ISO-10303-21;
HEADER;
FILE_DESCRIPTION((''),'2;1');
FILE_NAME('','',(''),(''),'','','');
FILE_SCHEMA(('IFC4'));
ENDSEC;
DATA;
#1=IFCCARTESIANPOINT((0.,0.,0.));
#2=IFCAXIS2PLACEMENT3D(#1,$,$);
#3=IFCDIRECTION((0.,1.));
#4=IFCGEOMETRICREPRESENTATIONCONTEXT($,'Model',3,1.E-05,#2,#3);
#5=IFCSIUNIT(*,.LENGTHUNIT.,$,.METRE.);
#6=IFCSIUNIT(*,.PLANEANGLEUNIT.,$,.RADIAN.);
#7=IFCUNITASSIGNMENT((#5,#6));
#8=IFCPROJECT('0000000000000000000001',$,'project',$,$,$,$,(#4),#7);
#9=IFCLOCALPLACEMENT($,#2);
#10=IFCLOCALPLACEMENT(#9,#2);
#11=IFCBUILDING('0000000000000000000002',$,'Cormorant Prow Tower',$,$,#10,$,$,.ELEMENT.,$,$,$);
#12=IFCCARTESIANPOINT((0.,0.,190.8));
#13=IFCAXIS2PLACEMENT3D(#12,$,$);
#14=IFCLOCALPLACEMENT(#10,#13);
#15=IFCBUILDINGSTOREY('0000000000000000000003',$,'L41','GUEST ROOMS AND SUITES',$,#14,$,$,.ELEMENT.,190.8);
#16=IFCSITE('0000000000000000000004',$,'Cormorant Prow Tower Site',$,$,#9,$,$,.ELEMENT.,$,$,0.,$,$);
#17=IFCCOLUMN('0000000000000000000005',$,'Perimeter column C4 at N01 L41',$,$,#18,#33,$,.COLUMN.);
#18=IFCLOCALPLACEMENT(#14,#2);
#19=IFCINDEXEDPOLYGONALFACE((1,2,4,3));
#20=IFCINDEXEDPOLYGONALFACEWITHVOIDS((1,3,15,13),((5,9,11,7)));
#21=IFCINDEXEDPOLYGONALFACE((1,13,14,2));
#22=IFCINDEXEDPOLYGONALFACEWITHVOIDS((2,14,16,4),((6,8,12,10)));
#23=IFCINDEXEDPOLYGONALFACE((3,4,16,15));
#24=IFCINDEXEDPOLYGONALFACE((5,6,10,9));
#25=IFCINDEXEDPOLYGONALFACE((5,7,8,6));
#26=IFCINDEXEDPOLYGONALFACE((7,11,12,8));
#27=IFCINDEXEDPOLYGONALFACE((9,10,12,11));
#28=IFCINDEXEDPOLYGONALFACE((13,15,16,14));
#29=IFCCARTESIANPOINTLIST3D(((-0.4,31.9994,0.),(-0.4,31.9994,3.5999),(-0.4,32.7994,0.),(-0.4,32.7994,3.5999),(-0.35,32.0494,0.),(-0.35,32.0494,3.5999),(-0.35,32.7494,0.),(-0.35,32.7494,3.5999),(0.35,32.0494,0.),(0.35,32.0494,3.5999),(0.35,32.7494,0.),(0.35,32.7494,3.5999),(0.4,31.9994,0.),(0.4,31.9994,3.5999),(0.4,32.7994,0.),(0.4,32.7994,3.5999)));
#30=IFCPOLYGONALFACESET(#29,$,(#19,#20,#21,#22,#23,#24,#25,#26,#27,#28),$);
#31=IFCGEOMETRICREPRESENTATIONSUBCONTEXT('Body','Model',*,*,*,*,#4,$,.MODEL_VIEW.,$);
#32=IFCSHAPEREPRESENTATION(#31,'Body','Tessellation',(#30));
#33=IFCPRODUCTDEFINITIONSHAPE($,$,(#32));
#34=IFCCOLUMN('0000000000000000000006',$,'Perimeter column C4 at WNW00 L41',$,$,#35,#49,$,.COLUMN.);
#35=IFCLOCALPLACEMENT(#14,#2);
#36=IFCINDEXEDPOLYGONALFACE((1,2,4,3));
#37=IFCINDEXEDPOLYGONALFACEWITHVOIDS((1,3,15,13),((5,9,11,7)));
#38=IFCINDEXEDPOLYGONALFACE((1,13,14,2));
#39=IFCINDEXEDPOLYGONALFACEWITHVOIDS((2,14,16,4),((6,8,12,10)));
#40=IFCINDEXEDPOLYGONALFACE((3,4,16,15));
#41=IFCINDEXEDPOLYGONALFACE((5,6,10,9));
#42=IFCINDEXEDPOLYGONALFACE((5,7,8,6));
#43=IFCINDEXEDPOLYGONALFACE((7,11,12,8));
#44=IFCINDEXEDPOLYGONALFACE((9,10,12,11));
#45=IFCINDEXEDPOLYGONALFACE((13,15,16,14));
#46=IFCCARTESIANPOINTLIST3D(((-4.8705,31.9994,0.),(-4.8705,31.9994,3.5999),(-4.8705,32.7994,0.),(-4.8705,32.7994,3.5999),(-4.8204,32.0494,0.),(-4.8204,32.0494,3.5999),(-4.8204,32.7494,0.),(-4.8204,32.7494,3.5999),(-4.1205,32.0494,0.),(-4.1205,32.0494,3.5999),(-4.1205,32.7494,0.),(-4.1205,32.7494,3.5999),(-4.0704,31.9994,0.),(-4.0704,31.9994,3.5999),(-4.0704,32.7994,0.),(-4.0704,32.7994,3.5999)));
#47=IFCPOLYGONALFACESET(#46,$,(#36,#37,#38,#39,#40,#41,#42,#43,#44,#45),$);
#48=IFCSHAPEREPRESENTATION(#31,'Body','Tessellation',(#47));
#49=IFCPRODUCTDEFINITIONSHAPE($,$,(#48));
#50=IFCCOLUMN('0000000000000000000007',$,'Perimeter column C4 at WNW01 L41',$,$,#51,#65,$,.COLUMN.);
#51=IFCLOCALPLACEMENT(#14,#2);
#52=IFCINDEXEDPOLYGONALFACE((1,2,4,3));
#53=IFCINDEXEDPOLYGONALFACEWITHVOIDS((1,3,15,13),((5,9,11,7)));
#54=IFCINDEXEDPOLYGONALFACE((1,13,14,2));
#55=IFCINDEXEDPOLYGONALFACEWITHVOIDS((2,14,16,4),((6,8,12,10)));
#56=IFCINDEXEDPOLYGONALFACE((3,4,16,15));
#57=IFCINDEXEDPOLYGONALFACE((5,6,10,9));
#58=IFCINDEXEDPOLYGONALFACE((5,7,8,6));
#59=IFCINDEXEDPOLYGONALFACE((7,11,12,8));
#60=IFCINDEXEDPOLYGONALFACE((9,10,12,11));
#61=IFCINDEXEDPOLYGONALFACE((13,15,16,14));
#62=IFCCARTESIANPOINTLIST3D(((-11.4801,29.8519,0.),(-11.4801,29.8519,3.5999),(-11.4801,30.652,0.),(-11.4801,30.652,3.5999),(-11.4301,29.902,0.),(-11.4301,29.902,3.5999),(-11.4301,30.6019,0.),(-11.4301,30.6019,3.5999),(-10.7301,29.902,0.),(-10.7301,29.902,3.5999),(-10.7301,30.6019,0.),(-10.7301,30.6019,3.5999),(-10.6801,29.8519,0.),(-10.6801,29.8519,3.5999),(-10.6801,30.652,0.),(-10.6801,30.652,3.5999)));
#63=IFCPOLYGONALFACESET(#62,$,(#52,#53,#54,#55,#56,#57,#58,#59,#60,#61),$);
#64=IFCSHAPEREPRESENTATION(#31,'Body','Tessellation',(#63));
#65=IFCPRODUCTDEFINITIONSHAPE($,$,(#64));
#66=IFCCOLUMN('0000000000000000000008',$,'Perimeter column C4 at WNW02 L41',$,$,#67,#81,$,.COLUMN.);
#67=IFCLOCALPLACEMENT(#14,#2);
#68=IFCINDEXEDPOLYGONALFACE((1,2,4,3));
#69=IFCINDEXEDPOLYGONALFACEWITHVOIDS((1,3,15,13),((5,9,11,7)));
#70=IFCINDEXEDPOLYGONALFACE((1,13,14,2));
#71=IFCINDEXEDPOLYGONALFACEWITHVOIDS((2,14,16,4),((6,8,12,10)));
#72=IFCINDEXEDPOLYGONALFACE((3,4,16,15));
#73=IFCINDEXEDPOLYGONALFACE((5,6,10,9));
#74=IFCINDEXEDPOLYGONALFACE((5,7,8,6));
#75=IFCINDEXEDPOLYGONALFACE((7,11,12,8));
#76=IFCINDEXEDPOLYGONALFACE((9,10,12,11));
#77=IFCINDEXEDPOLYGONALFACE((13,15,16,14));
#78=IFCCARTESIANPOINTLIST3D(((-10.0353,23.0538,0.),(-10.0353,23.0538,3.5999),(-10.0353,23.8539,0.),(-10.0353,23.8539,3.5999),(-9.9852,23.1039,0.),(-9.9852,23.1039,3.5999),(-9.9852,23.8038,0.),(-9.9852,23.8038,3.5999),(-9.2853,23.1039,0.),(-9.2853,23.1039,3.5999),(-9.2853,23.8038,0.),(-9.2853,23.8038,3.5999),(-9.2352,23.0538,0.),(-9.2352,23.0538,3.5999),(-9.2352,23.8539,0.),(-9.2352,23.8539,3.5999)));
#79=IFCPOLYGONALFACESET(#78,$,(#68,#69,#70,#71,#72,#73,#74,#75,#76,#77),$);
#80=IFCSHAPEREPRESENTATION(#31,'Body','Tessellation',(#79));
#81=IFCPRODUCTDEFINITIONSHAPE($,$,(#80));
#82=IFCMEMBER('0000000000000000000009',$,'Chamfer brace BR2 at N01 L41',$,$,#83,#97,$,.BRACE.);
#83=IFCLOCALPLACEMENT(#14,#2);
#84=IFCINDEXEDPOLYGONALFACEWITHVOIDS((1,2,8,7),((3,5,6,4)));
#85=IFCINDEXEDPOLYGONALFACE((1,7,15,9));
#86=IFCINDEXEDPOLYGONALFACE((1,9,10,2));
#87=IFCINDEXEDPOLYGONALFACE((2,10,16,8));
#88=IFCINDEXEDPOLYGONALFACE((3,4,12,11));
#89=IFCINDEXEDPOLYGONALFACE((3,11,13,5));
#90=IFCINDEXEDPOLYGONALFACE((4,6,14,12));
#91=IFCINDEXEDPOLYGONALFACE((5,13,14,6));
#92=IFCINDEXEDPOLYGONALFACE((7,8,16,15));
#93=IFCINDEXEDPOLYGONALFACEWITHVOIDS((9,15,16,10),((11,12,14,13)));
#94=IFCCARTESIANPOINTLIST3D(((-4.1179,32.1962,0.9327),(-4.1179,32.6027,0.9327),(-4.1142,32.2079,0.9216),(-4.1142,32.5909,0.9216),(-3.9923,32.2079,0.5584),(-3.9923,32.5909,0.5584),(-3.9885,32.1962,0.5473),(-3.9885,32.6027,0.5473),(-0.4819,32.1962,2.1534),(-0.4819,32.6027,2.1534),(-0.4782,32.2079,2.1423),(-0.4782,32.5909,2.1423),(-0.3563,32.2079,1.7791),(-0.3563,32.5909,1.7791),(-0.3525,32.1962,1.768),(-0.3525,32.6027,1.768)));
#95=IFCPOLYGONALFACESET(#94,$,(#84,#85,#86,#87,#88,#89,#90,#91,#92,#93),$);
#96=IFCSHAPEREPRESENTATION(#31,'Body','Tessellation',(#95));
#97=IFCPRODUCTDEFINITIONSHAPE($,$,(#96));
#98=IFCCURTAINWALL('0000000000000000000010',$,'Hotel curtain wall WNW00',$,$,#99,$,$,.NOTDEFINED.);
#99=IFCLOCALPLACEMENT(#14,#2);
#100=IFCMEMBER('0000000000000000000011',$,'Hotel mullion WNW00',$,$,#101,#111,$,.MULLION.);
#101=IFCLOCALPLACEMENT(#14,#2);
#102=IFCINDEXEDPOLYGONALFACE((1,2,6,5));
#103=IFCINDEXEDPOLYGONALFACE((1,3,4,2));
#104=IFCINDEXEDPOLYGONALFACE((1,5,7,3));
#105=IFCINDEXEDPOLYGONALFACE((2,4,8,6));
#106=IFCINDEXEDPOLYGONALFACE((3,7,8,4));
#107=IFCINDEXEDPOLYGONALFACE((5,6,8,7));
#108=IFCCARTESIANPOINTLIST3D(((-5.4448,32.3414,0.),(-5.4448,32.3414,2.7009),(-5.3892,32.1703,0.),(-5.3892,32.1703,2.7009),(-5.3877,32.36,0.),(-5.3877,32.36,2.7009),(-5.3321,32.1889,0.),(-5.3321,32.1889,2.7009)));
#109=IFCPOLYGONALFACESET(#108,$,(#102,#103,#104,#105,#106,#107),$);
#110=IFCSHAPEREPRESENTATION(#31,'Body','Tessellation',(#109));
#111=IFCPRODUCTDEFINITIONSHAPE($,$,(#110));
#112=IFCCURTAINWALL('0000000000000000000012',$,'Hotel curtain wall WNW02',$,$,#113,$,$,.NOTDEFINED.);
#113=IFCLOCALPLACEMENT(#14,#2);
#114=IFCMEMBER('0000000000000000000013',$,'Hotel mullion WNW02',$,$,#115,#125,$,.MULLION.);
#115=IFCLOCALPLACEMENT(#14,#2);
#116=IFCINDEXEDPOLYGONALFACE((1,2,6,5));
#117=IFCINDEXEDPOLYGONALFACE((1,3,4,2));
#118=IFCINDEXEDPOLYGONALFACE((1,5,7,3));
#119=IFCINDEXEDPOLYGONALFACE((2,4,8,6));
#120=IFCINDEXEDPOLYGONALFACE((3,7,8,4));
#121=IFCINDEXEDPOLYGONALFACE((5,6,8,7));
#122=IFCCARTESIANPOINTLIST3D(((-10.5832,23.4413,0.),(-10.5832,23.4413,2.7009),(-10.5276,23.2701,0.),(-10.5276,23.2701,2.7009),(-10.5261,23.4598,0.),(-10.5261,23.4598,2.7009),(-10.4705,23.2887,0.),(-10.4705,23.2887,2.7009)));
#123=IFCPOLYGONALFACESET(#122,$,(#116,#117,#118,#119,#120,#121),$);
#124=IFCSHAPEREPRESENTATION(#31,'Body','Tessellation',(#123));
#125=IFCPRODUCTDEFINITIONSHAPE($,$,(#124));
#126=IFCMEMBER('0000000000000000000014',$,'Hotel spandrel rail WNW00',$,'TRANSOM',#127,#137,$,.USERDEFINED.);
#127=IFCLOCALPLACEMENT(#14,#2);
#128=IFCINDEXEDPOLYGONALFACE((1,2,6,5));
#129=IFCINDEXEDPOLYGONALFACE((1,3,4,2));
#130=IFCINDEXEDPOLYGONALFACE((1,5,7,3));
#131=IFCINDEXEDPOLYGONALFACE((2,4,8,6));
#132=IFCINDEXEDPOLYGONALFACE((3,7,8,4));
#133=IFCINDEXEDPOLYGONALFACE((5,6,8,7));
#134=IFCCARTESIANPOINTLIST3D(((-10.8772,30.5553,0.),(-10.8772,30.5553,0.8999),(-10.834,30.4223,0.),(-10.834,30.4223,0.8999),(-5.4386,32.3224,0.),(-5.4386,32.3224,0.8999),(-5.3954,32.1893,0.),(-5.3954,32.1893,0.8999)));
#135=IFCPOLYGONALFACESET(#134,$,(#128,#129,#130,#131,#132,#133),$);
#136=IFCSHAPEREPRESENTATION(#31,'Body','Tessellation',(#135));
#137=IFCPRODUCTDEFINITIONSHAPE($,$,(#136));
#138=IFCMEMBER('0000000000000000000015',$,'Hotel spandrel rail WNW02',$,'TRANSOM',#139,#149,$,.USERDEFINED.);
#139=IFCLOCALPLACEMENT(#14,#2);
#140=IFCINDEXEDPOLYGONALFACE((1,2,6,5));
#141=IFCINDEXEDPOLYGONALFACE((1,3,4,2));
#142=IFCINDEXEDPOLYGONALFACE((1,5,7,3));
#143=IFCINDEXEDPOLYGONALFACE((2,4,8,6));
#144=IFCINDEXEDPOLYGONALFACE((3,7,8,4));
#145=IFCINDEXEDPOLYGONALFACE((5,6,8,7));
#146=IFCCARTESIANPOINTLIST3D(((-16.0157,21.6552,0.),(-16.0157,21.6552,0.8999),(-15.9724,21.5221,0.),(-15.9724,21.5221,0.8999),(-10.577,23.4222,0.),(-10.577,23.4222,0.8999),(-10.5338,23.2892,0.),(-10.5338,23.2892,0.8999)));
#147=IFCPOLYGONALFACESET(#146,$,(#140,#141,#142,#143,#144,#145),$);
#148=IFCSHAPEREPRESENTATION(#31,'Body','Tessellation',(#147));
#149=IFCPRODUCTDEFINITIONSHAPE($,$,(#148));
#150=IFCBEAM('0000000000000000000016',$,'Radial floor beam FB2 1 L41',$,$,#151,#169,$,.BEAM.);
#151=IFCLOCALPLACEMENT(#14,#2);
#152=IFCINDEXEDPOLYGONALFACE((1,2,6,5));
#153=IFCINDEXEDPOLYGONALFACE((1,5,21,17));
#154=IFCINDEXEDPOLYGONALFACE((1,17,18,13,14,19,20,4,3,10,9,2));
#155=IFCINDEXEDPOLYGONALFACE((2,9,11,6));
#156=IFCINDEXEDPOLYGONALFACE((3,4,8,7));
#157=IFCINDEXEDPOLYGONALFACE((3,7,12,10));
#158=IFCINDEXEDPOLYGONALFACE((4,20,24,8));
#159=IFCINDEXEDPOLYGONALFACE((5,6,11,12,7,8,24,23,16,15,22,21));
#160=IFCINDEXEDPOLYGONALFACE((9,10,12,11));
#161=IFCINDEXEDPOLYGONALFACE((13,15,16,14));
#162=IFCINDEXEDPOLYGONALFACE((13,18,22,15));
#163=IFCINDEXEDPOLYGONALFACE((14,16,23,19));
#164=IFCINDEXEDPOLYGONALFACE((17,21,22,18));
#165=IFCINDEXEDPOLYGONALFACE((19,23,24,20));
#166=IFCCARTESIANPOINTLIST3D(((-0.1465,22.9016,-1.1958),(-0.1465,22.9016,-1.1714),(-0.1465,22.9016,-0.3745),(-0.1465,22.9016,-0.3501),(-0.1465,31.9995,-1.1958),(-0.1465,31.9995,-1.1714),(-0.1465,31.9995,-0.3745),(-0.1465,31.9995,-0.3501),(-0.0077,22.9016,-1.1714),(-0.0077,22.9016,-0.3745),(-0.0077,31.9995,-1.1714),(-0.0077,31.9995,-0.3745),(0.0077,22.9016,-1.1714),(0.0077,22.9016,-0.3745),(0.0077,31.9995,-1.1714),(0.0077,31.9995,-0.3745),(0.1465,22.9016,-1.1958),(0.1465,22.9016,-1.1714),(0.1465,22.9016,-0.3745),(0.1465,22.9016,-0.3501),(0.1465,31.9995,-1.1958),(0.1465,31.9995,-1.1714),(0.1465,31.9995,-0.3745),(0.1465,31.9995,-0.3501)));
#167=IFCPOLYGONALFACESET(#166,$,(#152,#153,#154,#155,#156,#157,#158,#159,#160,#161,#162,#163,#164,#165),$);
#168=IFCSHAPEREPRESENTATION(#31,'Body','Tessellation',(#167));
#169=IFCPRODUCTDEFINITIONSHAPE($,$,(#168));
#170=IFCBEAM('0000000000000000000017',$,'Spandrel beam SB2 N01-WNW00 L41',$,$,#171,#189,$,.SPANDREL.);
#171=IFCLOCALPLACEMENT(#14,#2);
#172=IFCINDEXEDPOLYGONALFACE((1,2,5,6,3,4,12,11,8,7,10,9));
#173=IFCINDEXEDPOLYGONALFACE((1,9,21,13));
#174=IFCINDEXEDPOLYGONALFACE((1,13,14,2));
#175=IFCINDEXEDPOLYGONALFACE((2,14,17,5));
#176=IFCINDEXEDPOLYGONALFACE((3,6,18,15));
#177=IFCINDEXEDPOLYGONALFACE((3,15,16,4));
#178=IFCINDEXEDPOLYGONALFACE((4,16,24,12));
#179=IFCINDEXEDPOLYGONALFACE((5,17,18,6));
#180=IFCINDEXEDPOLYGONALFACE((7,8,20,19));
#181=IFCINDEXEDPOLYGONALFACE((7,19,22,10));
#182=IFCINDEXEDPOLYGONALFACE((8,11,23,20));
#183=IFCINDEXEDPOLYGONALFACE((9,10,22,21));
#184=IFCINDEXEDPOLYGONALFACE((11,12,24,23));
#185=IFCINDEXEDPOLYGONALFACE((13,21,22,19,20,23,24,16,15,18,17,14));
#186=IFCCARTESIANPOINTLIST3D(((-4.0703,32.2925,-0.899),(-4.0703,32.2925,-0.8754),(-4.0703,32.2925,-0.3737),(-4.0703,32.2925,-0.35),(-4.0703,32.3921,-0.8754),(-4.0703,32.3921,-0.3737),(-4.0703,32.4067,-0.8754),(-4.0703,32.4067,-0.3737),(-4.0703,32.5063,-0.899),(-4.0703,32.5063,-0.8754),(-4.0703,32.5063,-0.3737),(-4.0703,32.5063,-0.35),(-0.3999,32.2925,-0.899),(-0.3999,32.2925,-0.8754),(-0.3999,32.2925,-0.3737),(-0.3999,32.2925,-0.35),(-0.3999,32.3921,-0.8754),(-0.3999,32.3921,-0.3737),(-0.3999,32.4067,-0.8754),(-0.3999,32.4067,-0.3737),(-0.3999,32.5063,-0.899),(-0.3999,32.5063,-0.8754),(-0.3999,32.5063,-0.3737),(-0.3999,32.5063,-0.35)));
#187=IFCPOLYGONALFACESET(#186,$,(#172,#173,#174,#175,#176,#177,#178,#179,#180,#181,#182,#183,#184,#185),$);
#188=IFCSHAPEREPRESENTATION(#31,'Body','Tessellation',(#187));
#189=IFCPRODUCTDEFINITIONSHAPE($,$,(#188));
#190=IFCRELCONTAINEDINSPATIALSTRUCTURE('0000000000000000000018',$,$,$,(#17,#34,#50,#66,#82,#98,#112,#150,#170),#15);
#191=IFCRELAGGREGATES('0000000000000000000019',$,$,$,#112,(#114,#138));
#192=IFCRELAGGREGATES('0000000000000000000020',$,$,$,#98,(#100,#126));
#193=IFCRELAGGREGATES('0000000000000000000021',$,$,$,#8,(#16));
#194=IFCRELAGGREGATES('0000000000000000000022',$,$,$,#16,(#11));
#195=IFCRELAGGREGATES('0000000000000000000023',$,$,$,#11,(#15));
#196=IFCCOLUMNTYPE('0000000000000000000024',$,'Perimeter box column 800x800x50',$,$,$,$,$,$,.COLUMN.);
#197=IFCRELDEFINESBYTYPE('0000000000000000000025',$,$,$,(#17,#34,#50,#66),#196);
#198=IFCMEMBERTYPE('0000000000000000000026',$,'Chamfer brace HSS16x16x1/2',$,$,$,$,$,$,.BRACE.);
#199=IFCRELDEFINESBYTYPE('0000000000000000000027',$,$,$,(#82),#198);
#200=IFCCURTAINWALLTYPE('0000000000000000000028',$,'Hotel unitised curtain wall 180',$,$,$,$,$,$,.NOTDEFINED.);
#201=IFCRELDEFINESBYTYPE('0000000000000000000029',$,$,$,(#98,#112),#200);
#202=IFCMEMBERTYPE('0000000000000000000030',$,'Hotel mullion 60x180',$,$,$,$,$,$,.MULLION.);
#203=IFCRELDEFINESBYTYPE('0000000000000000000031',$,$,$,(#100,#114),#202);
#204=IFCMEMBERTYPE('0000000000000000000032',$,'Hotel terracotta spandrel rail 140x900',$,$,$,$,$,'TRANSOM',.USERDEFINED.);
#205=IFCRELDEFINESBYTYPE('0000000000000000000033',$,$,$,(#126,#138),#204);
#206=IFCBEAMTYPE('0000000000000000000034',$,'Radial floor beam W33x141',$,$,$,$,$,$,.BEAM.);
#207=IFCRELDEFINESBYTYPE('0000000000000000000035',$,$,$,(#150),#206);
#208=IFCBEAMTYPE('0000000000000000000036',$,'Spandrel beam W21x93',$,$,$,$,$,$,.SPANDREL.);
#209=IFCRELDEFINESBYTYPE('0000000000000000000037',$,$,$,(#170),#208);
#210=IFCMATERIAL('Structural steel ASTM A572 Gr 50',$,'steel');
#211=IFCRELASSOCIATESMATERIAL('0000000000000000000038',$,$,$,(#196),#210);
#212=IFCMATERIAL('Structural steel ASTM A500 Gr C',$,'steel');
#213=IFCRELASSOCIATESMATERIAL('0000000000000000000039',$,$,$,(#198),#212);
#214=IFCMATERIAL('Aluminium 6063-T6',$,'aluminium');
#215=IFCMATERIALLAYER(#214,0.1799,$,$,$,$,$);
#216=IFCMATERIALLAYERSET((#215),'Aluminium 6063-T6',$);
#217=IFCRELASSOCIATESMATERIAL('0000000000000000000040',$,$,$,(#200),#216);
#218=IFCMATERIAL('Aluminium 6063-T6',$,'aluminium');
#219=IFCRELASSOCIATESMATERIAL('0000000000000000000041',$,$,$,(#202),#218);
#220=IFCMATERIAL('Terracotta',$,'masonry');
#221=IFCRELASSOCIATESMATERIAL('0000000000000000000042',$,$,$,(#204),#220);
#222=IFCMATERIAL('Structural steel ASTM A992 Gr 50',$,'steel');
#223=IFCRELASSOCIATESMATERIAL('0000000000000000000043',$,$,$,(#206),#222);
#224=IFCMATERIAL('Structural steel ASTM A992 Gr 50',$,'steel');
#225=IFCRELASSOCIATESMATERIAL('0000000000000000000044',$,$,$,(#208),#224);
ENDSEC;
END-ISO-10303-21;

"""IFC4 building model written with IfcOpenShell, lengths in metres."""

from ifc_helpers import new_model, si_unit, direction, frame, origin, origin_2d, place, context, subcontext, project, spatial, rectangle, hollow_rectangle, i_section, extrude, material, layer, layer_set, material_profile, profile_set, type_object, element, aggregate, save


model = new_model("IFC4")

# Units and contexts
model_context = context("Model", 3, precision=1e-05, world=origin(), true_north=direction((0.0, 1.0)))
body_context = subcontext(model_context, "Body", "Model", "MODEL_VIEW")
ifc_project = project(units=[si_unit("LENGTHUNIT", "METRE"), si_unit("PLANEANGLEUNIT", "RADIAN")], contexts=[model_context])

# Site, building, storey
site_placement = place(None, origin())
site = spatial("IfcSite", under=ifc_project, at=site_placement, Name="Cormorant Prow Tower Site", CompositionType="ELEMENT", RefElevation=0.0)
building_placement = place(site_placement, origin())
building = spatial("IfcBuilding", under=site, at=building_placement, Name="Cormorant Prow Tower", CompositionType="ELEMENT")
storey_placement = place(building_placement, frame((0.0, 0.0, 190.8)))
storey = spatial("IfcBuildingStorey", under=building, at=storey_placement, Name="L41", Description="GUEST ROOMS AND SUITES", CompositionType="ELEMENT", Elevation=190.8)

# Columns
ifc_material_1 = material(Name="Structural steel ASTM A572 Gr 50", Category="steel")
ifc_material_profile_1 = material_profile(ifc_material_1, hollow_rectangle(XDim=0.8, YDim=0.8, WallThickness=0.05, at=origin_2d()), Name="Box 800x800x50")
ifc_profile_set_1 = profile_set([ifc_material_profile_1], Name="Structural steel ASTM A572 Gr 50")
column_type = type_object("IfcColumnType", Name="Perimeter box column 800x800x50", PredefinedType="COLUMN", material=ifc_profile_set_1)
for number, where, z_axis, x_axis, name in (
    (1, (0.0, 32.3994, 0.0), (0.0, 0.0, 1.0), (1.0, 0.0, 0.0), "Perimeter column C4 at N01 L41"),
    (2, (-4.4705, 32.3994, 0.0), (0.0, 0.0, 1.0), (1.0, 0.0, 0.0), "Perimeter column C4 at WNW00 L41"),
    (3, (-11.0801, 30.252, 0.0), (0.0, 0.0, 1.0), (1.0, 0.0, 0.0), "Perimeter column C4 at WNW01 L41"),
    (4, (-9.6353, 23.4539, 0.0), (0.0, 0.0, 1.0), (1.0, 0.0, 0.0), "Perimeter column C4 at WNW02 L41"),
):
    element("IfcColumn", number, at=place(storey_placement, frame(where, z_axis=z_axis, x_axis=x_axis)), inside=storey, type_object=column_type, Name=name, PredefinedType="COLUMN", context=body_context, shape_type="SweptSolid", body=[
        extrude(hollow_rectangle(XDim=0.8, YDim=0.8, WallThickness=0.05, at=origin_2d()), origin(), (0.0, 0.0, 1.0), 3.5999),
    ])

# Member
ifc_material_2 = material(Name="Structural steel ASTM A500 Gr C", Category="steel")
ifc_material_profile_2 = material_profile(ifc_material_2, hollow_rectangle(XDim=0.4065, YDim=0.4065, WallThickness=0.0117, at=origin_2d()), Name="HSS16x16x1/2")
ifc_profile_set_2 = profile_set([ifc_material_profile_2], Name="Structural steel ASTM A500 Gr C")
member_type_1 = type_object("IfcMemberType", Name="Chamfer brace HSS16x16x1/2", PredefinedType="BRACE", material=ifc_profile_set_2)
member_1_placement = place(storey_placement, frame((-4.0532, 32.3994, 0.74), z_axis=(0.948, 0.0, 0.31827), x_axis=(0.0, 1.0, 0.0)))
element("IfcMember", 5, at=member_1_placement, inside=storey, type_object=member_type_1, Name="Chamfer brace BR2 at N01 L41", PredefinedType="BRACE", context=body_context, shape_type="SweptSolid", body=[
    extrude(hollow_rectangle(XDim=0.4065, YDim=0.4065, WallThickness=0.0117, at=origin_2d()), origin(), (0.0, 0.0, 1.0), 3.8354),
])

# Curtain walls, members
ifc_material_3 = material(Name="Aluminium 6063-T6", Category="aluminium")
ifc_layer_1 = layer(ifc_material_3, 0.1799)
ifc_layer_set_1 = layer_set([ifc_layer_1], Name="Aluminium 6063-T6")
curtain_wall_type = type_object("IfcCurtainWallType", Name="Hotel unitised curtain wall 180", PredefinedType="NOTDEFINED", material=ifc_layer_set_1)
curtain_wall_1_placement = place(storey_placement, origin())
curtain_wall_1 = element("IfcCurtainWall", 6, at=curtain_wall_1_placement, inside=storey, type_object=curtain_wall_type, Name="Hotel curtain wall WNW00", PredefinedType="NOTDEFINED")
ifc_material_4 = material(Name="Aluminium 6063-T6", Category="aluminium")
ifc_material_profile_3 = material_profile(ifc_material_4, rectangle(XDim=0.1799, YDim=0.0601, at=origin_2d()), Name="Hotel mullion 60x180")
ifc_profile_set_3 = profile_set([ifc_material_profile_3], Name="Aluminium 6063-T6")
member_type_2 = type_object("IfcMemberType", Name="Hotel mullion 60x180", PredefinedType="MULLION", material=ifc_profile_set_3)
member_2_placement = place(storey_placement, frame((-5.3884, 32.2651, 0.0), z_axis=(0.0, 0.0, 1.0), x_axis=(0.309017, -0.951057, 0.0)))
member_2 = element("IfcMember", 7, at=member_2_placement, type_object=member_type_2, Name="Hotel mullion WNW00", PredefinedType="MULLION", context=body_context, shape_type="SweptSolid", body=[
    extrude(rectangle(XDim=0.1799, YDim=0.0601, at=origin_2d()), origin(), (0.0, 0.0, 1.0), 2.7009),
])
curtain_wall_2_placement = place(storey_placement, origin())
curtain_wall_2 = element("IfcCurtainWall", 8, at=curtain_wall_2_placement, inside=storey, type_object=curtain_wall_type, Name="Hotel curtain wall WNW02", PredefinedType="NOTDEFINED")
member_3_placement = place(storey_placement, frame((-10.5269, 23.365, 0.0), z_axis=(0.0, 0.0, 1.0), x_axis=(0.309017, -0.951056, 0.0)))
member_3 = element("IfcMember", 9, at=member_3_placement, type_object=member_type_2, Name="Hotel mullion WNW02", PredefinedType="MULLION", context=body_context, shape_type="SweptSolid", body=[
    extrude(rectangle(XDim=0.1799, YDim=0.0601, at=origin_2d()), origin(), (0.0, 0.0, 1.0), 2.7009),
])

# Members
ifc_material_5 = material(Name="Terracotta", Category="masonry")
ifc_material_profile_4 = material_profile(ifc_material_5, rectangle(XDim=0.1399, YDim=0.8999, at=origin_2d()), Name="Hotel terracotta spandrel rail 140x900")
ifc_profile_set_4 = profile_set([ifc_material_profile_4], Name="Terracotta")
member_type_3 = type_object("IfcMemberType", Name="Hotel terracotta spandrel rail 140x900", ElementType="TRANSOM", PredefinedType="USERDEFINED", material=ifc_profile_set_4)
member_4_placement = place(storey_placement, frame((-5.417, 32.2559, 0.45), z_axis=(-0.951059, -0.309008, 0.0), x_axis=(0.309008, -0.951059, 0.0)))
member_4 = element("IfcMember", 10, at=member_4_placement, type_object=member_type_3, Name="Hotel spandrel rail WNW00", ObjectType="TRANSOM", PredefinedType="USERDEFINED", context=body_context, shape_type="SweptSolid", body=[
    extrude(rectangle(XDim=0.1399, YDim=0.8999, at=origin_2d()), origin(), (0.0, 0.0, 1.0), 5.7185),
])
member_5_placement = place(storey_placement, frame((-10.5554, 23.3557, 0.45), z_axis=(-0.951059, -0.309008, 0.0), x_axis=(0.309008, -0.951059, 0.0)))
member_5 = element("IfcMember", 11, at=member_5_placement, type_object=member_type_3, Name="Hotel spandrel rail WNW02", ObjectType="TRANSOM", PredefinedType="USERDEFINED", context=body_context, shape_type="SweptSolid", body=[
    extrude(rectangle(XDim=0.1399, YDim=0.8999, at=origin_2d()), origin(), (0.0, 0.0, 1.0), 5.7185),
])
aggregate(curtain_wall_2, [member_3, member_5])

# Beams
ifc_material_6 = material(Name="Structural steel ASTM A992 Gr 50", Category="steel")
ifc_material_profile_5 = material_profile(ifc_material_6, i_section(OverallWidth=0.293, OverallDepth=0.8457, WebThickness=0.0154, FlangeThickness=0.0244, at=origin_2d()), Name="W33x141")
ifc_profile_set_5 = profile_set([ifc_material_profile_5], Name="Structural steel ASTM A992 Gr 50")
beam_type_1 = type_object("IfcBeamType", Name="Radial floor beam W33x141", PredefinedType="BEAM", material=ifc_profile_set_5)
beam_1_placement = place(storey_placement, frame((0.0, 22.9016, -0.7729), z_axis=(0.0, 1.0, 0.0), x_axis=(-1.0, 0.0, 0.0)))
element("IfcBeam", 12, at=beam_1_placement, inside=storey, type_object=beam_type_1, Name="Radial floor beam FB2 1 L41", PredefinedType="BEAM", context=body_context, shape_type="SweptSolid", body=[
    extrude(i_section(OverallWidth=0.293, OverallDepth=0.8457, WebThickness=0.0154, FlangeThickness=0.0244, at=origin_2d()), origin(), (0.0, 0.0, 1.0), 9.0979),
])
ifc_material_7 = material(Name="Structural steel ASTM A992 Gr 50", Category="steel")
ifc_material_profile_6 = material_profile(ifc_material_7, i_section(OverallWidth=0.2139, OverallDepth=0.5491, WebThickness=0.0146, FlangeThickness=0.0237, at=origin_2d()), Name="W21x93")
ifc_profile_set_6 = profile_set([ifc_material_profile_6], Name="Structural steel ASTM A992 Gr 50")
beam_type_2 = type_object("IfcBeamType", Name="Spandrel beam W21x93", PredefinedType="SPANDREL", material=ifc_profile_set_6)
beam_2_placement = place(storey_placement, frame((-0.3999, 32.3994, -0.6245), z_axis=(-1.0, 0.0, 0.0), x_axis=(0.0, -1.0, 0.0)))
element("IfcBeam", 13, at=beam_2_placement, inside=storey, type_object=beam_type_2, Name="Spandrel beam SB2 N01-WNW00 L41", PredefinedType="SPANDREL", context=body_context, shape_type="SweptSolid", body=[
    extrude(i_section(OverallWidth=0.2139, OverallDepth=0.5491, WebThickness=0.0146, FlangeThickness=0.0237, at=origin_2d()), origin(), (0.0, 0.0, 1.0), 3.6704),
])

aggregate(curtain_wall_1, [member_2, member_4])

save(model, "model.ifc")
